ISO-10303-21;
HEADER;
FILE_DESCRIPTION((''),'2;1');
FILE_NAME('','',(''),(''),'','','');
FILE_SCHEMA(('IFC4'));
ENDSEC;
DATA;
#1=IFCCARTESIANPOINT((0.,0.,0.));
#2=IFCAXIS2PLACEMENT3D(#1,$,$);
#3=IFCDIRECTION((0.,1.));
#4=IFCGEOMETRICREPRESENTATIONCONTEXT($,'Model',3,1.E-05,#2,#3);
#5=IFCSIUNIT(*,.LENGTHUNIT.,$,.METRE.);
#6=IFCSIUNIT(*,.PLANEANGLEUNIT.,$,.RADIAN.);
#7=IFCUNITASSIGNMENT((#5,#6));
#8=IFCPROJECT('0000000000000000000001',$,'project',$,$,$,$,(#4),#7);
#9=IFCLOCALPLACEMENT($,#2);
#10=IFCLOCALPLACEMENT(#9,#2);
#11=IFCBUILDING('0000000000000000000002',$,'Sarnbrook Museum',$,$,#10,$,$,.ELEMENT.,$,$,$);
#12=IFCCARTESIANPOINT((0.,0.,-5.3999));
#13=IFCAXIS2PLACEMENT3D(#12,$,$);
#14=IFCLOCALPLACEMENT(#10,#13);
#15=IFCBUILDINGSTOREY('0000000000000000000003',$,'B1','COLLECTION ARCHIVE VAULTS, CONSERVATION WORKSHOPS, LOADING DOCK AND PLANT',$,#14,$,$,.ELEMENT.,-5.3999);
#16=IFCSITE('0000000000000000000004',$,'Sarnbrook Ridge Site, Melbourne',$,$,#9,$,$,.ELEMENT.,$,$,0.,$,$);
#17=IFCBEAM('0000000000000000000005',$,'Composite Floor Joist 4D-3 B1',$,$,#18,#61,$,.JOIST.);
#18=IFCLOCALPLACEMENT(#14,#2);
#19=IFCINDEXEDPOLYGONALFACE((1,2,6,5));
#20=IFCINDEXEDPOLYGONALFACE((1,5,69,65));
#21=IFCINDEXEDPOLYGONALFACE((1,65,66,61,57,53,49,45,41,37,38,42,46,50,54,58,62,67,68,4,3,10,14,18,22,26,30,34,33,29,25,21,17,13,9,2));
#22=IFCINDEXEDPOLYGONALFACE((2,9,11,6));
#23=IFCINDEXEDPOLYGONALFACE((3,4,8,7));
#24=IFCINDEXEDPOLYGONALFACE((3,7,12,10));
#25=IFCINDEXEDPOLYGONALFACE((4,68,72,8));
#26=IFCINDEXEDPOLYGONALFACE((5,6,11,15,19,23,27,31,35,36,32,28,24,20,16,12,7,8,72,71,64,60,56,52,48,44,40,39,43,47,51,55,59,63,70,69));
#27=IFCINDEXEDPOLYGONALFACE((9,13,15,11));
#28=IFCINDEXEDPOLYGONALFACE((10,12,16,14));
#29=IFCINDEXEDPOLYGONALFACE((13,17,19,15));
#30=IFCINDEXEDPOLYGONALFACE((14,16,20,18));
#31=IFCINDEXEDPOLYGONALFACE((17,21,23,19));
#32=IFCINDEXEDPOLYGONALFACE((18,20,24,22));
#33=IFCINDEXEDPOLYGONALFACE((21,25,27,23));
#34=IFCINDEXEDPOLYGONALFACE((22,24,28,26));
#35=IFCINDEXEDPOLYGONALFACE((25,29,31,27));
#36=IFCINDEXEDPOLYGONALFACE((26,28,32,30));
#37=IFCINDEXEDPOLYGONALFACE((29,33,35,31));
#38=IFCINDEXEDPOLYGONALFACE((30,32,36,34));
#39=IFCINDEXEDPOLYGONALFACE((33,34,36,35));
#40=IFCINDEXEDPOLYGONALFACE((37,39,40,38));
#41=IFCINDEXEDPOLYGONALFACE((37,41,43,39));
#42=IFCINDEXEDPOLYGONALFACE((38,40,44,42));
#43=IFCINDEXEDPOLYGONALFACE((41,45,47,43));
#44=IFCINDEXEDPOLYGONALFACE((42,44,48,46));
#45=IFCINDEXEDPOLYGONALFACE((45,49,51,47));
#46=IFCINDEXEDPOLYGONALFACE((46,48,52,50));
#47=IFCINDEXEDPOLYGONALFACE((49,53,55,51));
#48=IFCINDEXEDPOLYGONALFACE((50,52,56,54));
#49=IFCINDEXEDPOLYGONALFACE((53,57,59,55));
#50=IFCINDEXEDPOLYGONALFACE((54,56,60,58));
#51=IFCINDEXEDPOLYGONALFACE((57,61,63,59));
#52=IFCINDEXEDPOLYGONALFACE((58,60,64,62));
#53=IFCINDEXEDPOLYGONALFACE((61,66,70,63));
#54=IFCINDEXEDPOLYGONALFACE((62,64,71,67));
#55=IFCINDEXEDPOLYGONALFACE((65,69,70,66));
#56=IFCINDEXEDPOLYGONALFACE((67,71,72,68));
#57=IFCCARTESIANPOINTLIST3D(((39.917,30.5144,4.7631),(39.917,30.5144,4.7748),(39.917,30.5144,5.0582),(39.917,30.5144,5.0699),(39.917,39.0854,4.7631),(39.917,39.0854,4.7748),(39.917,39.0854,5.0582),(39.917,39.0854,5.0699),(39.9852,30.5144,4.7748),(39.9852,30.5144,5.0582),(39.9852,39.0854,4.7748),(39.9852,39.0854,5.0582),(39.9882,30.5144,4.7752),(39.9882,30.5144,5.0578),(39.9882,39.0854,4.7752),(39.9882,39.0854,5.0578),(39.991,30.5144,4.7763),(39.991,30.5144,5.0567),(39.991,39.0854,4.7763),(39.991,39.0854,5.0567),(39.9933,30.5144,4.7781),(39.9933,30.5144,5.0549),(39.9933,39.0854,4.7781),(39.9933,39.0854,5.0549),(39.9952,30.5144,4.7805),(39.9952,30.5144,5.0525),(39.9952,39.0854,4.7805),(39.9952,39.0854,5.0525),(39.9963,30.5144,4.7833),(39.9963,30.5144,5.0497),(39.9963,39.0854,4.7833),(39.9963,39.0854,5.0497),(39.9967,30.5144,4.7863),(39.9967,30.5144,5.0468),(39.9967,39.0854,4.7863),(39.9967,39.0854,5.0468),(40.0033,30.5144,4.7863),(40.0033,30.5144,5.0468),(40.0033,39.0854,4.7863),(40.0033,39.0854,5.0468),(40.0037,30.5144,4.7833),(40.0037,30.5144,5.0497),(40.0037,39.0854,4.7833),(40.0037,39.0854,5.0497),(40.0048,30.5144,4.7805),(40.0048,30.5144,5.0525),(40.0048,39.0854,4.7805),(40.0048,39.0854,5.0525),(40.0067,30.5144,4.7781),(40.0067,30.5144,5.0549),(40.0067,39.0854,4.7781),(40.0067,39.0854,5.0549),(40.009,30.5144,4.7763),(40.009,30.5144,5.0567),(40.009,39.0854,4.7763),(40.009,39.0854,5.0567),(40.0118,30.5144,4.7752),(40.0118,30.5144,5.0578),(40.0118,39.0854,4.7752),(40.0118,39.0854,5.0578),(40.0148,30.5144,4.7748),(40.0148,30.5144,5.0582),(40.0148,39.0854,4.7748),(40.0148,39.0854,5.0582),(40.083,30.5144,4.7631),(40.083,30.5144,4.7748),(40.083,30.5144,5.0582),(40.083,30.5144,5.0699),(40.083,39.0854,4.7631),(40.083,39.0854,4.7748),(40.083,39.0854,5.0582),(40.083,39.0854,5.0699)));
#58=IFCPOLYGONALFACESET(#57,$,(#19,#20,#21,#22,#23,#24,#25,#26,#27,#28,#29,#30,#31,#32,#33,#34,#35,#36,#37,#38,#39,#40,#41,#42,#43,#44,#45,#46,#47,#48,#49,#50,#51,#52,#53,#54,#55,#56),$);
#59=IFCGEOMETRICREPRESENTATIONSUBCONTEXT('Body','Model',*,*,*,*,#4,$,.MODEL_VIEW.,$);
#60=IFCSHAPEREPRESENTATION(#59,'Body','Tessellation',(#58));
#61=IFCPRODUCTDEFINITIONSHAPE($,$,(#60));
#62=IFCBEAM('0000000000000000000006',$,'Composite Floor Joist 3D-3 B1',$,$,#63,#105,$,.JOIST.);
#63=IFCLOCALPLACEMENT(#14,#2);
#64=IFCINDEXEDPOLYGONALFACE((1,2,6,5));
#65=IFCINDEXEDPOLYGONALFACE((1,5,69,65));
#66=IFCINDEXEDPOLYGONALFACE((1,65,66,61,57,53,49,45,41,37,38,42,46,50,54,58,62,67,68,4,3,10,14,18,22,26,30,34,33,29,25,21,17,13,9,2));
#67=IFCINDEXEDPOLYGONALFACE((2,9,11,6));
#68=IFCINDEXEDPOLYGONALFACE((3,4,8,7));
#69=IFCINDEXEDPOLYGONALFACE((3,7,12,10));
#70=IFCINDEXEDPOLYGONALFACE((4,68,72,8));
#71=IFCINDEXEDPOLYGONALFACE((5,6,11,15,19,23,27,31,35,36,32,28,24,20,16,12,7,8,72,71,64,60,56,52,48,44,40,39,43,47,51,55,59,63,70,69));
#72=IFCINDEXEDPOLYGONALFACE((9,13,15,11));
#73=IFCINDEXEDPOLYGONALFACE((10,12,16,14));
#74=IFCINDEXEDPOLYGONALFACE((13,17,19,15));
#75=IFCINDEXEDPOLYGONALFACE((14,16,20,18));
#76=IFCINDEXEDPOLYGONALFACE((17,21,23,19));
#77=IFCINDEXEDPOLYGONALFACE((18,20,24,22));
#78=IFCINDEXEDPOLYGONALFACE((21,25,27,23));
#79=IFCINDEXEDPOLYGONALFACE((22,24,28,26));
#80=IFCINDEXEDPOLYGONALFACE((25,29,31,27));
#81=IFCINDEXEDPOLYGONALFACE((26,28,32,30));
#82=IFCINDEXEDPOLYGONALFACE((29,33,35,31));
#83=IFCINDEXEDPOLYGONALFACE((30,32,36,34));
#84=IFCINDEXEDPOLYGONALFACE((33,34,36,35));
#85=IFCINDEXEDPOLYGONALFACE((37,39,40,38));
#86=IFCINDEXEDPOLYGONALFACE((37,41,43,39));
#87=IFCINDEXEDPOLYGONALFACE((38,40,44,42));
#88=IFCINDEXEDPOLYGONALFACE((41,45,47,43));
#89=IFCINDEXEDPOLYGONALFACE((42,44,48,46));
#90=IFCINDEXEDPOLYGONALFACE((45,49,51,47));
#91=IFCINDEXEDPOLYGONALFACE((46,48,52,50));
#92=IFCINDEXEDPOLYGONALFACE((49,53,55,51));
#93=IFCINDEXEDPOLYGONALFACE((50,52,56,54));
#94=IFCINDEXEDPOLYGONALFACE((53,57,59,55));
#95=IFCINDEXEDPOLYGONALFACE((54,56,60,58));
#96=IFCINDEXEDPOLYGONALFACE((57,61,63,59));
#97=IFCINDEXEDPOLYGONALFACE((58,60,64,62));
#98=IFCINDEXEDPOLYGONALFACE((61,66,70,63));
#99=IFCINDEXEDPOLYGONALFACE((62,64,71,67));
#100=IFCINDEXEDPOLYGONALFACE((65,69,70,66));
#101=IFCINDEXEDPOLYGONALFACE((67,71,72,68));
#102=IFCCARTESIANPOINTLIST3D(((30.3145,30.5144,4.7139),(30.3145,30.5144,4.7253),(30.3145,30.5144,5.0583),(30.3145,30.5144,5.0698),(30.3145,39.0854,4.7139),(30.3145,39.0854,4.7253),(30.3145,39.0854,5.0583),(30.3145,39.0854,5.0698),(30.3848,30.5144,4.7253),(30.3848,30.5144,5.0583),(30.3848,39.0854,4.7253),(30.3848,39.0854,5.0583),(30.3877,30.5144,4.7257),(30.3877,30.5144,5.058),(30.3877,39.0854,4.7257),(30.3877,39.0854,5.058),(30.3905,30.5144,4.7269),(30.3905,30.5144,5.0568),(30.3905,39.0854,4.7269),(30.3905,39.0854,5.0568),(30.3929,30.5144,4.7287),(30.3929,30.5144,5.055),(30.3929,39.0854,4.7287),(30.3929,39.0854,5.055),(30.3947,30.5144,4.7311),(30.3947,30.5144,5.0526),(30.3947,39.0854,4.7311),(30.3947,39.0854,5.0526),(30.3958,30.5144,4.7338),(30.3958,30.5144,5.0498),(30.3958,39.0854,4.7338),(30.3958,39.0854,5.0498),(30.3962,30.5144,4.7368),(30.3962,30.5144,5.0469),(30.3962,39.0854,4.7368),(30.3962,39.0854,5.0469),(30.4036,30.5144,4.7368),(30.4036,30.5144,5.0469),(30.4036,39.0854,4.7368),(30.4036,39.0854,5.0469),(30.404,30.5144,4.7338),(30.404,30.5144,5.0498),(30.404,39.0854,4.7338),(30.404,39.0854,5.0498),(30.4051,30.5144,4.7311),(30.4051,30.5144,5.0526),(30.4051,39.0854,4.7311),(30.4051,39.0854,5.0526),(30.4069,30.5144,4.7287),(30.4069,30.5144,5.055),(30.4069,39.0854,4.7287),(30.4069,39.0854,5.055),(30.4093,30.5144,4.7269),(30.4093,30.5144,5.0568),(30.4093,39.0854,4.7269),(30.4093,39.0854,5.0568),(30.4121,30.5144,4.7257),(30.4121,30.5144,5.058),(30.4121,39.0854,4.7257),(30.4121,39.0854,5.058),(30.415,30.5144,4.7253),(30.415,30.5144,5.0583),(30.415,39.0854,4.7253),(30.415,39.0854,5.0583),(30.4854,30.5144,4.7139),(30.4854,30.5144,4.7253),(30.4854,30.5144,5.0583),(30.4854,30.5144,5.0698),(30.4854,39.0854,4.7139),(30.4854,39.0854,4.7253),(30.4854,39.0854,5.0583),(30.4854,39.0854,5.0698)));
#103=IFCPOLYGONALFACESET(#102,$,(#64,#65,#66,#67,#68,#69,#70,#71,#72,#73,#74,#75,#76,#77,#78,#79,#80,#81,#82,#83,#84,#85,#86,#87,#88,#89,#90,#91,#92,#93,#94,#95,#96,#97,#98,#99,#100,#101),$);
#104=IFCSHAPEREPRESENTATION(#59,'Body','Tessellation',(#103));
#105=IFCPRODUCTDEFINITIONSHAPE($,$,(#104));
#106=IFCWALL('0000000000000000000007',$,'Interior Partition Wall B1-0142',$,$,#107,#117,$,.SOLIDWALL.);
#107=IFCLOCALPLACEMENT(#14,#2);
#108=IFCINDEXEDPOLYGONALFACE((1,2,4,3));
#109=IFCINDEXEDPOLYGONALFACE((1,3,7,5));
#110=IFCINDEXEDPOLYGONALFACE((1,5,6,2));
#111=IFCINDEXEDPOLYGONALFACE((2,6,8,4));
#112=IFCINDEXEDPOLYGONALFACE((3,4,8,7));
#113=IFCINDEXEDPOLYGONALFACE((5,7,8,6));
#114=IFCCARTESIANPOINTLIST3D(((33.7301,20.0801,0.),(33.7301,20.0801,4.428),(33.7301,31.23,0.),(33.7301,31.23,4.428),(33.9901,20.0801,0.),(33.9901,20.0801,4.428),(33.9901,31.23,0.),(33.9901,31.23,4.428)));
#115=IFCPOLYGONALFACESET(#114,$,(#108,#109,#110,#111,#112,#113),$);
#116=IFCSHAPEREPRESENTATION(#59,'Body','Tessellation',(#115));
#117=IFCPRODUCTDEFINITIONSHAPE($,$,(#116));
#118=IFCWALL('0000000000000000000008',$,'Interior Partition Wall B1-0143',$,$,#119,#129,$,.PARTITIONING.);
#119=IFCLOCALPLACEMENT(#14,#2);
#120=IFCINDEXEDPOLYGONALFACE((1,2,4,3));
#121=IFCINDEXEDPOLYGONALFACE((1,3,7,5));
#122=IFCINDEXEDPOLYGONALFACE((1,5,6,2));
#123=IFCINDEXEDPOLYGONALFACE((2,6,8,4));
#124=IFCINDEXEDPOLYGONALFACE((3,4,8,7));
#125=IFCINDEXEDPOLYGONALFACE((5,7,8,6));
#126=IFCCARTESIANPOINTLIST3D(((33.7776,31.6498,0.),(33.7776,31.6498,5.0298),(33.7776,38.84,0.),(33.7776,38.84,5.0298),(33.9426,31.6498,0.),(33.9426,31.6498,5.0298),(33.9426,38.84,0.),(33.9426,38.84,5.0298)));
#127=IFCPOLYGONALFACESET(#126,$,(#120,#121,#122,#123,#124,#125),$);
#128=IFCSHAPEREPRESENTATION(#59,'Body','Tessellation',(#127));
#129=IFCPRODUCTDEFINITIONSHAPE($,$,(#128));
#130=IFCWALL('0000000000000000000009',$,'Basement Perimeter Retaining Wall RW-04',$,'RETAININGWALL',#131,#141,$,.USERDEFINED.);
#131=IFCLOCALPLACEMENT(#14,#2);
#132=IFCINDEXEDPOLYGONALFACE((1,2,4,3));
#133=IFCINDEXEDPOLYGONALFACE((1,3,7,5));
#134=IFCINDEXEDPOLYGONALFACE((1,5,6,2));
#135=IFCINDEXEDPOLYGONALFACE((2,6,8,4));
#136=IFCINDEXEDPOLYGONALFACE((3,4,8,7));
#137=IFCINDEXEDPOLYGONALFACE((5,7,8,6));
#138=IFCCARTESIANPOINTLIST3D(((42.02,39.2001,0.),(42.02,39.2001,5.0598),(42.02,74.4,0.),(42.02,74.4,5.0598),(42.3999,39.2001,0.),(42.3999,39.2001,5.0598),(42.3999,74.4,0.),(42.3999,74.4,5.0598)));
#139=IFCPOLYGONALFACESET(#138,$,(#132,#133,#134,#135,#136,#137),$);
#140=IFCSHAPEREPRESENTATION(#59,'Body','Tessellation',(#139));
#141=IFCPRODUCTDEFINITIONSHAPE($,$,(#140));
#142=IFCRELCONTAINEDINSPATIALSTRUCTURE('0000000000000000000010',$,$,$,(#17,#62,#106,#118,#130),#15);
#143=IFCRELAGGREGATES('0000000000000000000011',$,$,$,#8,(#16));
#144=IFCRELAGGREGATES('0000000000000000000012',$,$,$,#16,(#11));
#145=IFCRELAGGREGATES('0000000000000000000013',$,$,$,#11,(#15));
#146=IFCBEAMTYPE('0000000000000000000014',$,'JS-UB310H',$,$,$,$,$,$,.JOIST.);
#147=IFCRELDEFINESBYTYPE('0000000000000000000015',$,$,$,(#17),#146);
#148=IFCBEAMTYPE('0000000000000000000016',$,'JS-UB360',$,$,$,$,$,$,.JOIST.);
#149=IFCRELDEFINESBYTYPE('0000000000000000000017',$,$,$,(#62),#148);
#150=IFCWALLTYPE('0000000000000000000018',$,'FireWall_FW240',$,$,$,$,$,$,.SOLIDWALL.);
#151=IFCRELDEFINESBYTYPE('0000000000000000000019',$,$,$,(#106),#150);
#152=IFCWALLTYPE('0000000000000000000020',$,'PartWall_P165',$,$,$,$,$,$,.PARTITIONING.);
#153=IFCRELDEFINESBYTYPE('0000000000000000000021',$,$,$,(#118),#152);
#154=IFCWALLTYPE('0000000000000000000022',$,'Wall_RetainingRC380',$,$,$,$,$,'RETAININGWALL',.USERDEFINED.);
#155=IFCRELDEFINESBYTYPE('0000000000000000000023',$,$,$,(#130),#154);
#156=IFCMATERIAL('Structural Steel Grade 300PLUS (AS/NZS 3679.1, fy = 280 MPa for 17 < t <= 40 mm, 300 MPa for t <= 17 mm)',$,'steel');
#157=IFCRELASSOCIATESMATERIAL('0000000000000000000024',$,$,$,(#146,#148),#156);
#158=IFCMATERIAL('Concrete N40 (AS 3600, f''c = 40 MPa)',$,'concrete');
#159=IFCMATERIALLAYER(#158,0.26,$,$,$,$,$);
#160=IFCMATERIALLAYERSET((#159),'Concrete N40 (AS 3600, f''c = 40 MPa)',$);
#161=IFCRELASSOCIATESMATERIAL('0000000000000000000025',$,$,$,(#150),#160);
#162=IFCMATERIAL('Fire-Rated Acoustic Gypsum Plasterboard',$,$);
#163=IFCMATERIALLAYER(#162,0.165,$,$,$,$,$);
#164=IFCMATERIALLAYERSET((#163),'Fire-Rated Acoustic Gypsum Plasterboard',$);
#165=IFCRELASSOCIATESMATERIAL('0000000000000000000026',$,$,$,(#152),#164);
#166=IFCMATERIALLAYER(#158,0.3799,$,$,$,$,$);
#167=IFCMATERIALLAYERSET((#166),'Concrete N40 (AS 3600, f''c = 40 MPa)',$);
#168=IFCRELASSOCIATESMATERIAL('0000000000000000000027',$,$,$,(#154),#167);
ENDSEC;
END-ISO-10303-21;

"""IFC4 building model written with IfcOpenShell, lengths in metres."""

from ifc_helpers import new_model, si_unit, direction, frame, frame_2d, origin, origin_2d, place, context, subcontext, project, spatial, rectangle, i_section, extrude, material, layer, layer_set, material_profile, profile_set, type_object, element, save


model = new_model("IFC4")

# Units and contexts
model_context = context("Model", 3, precision=1e-05, world=origin(), true_north=direction((0.0, 1.0)))
body_context = subcontext(model_context, "Body", "Model", "MODEL_VIEW")
ifc_project = project(units=[si_unit("LENGTHUNIT", "METRE"), si_unit("PLANEANGLEUNIT", "RADIAN")], contexts=[model_context])

# Site, building, storey
site_placement = place(None, origin())
site = spatial("IfcSite", under=ifc_project, at=site_placement, Name="Sarnbrook Ridge Site, Melbourne", CompositionType="ELEMENT", RefElevation=0.0)
building_placement = place(site_placement, origin())
building = spatial("IfcBuilding", under=site, at=building_placement, Name="Sarnbrook Museum", CompositionType="ELEMENT")
storey_placement = place(building_placement, frame((0.0, 0.0, -5.3999)))
storey = spatial("IfcBuildingStorey", under=building, at=storey_placement, Name="B1", Description="COLLECTION ARCHIVE VAULTS, CONSERVATION WORKSHOPS, LOADING DOCK AND PLANT", CompositionType="ELEMENT", Elevation=-5.3999)

# Shared definitions
ifc_material_1 = material(Name="Concrete N40 (AS 3600, f'c = 40 MPa)", Category="concrete")

# Beams
ifc_material_2 = material(Name="Structural Steel Grade 300PLUS (AS/NZS 3679.1, fy = 280 MPa for 17 < t <= 40 mm, 300 MPa for t <= 17 mm)", Category="steel")
ifc_material_profile_1 = material_profile(ifc_material_2, i_section(OverallWidth=0.166, OverallDepth=0.3069, WebThickness=0.0066, FlangeThickness=0.0117, FilletRadius=0.0115, at=origin_2d()), Name="310UB46.2")
ifc_profile_set_1 = profile_set([ifc_material_profile_1], Name="Structural Steel Grade 300PLUS (AS/NZS 3679.1, fy = 280 MPa for 17 < t <= 40 mm, 300 MPa for t <= 17 mm)")
beam_type_1 = type_object("IfcBeamType", Name="JS-UB310H", PredefinedType="JOIST", material=ifc_profile_set_1)
for number, where, z_axis, x_axis, name in (
    (1, (40.0, 30.5144, 4.9165), (0.0, 1.0, 0.0), (-1.0, 0.0, 0.0), "Composite Floor Joist 4D-3 B1"),
):
    element("IfcBeam", number, at=place(storey_placement, frame(where, z_axis=z_axis, x_axis=x_axis)), inside=storey, type_object=beam_type_1, Name=name, PredefinedType="JOIST", context=body_context, shape_type="SweptSolid", body=[
        extrude(i_section(OverallWidth=0.166, OverallDepth=0.3069, WebThickness=0.0066, FlangeThickness=0.0117, FilletRadius=0.0115, at=origin_2d()), origin(), (0.0, 0.0, 1.0), 8.571),
    ])
ifc_material_profile_2 = material_profile(ifc_material_2, i_section(OverallWidth=0.1709, OverallDepth=0.356, WebThickness=0.0073, FlangeThickness=0.0115, FilletRadius=0.0115, at=origin_2d()), Name="360UB50.7")
ifc_profile_set_2 = profile_set([ifc_material_profile_2], Name="Structural Steel Grade 300PLUS (AS/NZS 3679.1, fy = 280 MPa for 17 < t <= 40 mm, 300 MPa for t <= 17 mm)")
beam_type_2 = type_object("IfcBeamType", Name="JS-UB360", PredefinedType="JOIST", material=ifc_profile_set_2)
beam_1_placement = place(storey_placement, frame((30.3999, 30.5144, 4.8918), z_axis=(0.0, 1.0, 0.0), x_axis=(-1.0, 0.0, 0.0)))
element("IfcBeam", 2, at=beam_1_placement, inside=storey, type_object=beam_type_2, Name="Composite Floor Joist 3D-3 B1", PredefinedType="JOIST", context=body_context, shape_type="SweptSolid", body=[
    extrude(i_section(OverallWidth=0.1709, OverallDepth=0.356, WebThickness=0.0073, FlangeThickness=0.0115, FilletRadius=0.0115, at=origin_2d()), origin(), (0.0, 0.0, 1.0), 8.571),
])

# Walls
ifc_layer_1 = layer(ifc_material_1, 0.26)
ifc_layer_set_1 = layer_set([ifc_layer_1], Name="Concrete N40 (AS 3600, f'c = 40 MPa)")
wall_type_1 = type_object("IfcWallType", Name="FireWall_FW240", PredefinedType="SOLIDWALL", material=ifc_layer_set_1)
wall_1_placement = place(storey_placement, frame((33.8601, 31.23, 0.0), z_axis=(0.0, 0.0, 1.0), x_axis=(0.0, -1.0, 0.0)))
element("IfcWall", 3, at=wall_1_placement, inside=storey, type_object=wall_type_1, Name="Interior Partition Wall B1-0142", PredefinedType="SOLIDWALL", context=body_context, shape_type="SweptSolid", body=[
    extrude(rectangle(XDim=11.1499, YDim=0.26, at=frame_2d((5.575, 0.0))), origin(), (0.0, 0.0, 1.0), 4.428),
])
ifc_material_3 = material(Name="Fire-Rated Acoustic Gypsum Plasterboard")
ifc_layer_2 = layer(ifc_material_3, 0.165)
ifc_layer_set_2 = layer_set([ifc_layer_2], Name="Fire-Rated Acoustic Gypsum Plasterboard")
wall_type_2 = type_object("IfcWallType", Name="PartWall_P165", PredefinedType="PARTITIONING", material=ifc_layer_set_2)
wall_2_placement = place(storey_placement, frame((33.8601, 38.8401, 0.0), z_axis=(0.0, 0.0, 1.0), x_axis=(0.0, -1.0, 0.0)))
element("IfcWall", 4, at=wall_2_placement, inside=storey, type_object=wall_type_2, Name="Interior Partition Wall B1-0143", PredefinedType="PARTITIONING", context=body_context, shape_type="SweptSolid", body=[
    extrude(rectangle(XDim=7.1902, YDim=0.165, at=frame_2d((3.5952, 0.0))), origin(), (0.0, 0.0, 1.0), 5.0298),
])
ifc_layer_3 = layer(ifc_material_1, 0.3799)
ifc_layer_set_3 = layer_set([ifc_layer_3], Name="Concrete N40 (AS 3600, f'c = 40 MPa)")
wall_type_3 = type_object("IfcWallType", Name="Wall_RetainingRC380", ElementType="RETAININGWALL", PredefinedType="USERDEFINED", material=ifc_layer_set_3)
wall_3_placement = place(storey_placement, frame((42.21, 39.2, 0.0), z_axis=(0.0, 0.0, 1.0), x_axis=(0.0, 1.0, 0.0)))
element("IfcWall", 5, at=wall_3_placement, inside=storey, type_object=wall_type_3, Name="Basement Perimeter Retaining Wall RW-04", ObjectType="RETAININGWALL", PredefinedType="USERDEFINED", context=body_context, shape_type="SweptSolid", body=[
    extrude(rectangle(XDim=35.2, YDim=0.3799, at=frame_2d((17.6001, 0.0))), origin(), (0.0, 0.0, 1.0), 5.0598),
])

save(model, "model.ifc")
